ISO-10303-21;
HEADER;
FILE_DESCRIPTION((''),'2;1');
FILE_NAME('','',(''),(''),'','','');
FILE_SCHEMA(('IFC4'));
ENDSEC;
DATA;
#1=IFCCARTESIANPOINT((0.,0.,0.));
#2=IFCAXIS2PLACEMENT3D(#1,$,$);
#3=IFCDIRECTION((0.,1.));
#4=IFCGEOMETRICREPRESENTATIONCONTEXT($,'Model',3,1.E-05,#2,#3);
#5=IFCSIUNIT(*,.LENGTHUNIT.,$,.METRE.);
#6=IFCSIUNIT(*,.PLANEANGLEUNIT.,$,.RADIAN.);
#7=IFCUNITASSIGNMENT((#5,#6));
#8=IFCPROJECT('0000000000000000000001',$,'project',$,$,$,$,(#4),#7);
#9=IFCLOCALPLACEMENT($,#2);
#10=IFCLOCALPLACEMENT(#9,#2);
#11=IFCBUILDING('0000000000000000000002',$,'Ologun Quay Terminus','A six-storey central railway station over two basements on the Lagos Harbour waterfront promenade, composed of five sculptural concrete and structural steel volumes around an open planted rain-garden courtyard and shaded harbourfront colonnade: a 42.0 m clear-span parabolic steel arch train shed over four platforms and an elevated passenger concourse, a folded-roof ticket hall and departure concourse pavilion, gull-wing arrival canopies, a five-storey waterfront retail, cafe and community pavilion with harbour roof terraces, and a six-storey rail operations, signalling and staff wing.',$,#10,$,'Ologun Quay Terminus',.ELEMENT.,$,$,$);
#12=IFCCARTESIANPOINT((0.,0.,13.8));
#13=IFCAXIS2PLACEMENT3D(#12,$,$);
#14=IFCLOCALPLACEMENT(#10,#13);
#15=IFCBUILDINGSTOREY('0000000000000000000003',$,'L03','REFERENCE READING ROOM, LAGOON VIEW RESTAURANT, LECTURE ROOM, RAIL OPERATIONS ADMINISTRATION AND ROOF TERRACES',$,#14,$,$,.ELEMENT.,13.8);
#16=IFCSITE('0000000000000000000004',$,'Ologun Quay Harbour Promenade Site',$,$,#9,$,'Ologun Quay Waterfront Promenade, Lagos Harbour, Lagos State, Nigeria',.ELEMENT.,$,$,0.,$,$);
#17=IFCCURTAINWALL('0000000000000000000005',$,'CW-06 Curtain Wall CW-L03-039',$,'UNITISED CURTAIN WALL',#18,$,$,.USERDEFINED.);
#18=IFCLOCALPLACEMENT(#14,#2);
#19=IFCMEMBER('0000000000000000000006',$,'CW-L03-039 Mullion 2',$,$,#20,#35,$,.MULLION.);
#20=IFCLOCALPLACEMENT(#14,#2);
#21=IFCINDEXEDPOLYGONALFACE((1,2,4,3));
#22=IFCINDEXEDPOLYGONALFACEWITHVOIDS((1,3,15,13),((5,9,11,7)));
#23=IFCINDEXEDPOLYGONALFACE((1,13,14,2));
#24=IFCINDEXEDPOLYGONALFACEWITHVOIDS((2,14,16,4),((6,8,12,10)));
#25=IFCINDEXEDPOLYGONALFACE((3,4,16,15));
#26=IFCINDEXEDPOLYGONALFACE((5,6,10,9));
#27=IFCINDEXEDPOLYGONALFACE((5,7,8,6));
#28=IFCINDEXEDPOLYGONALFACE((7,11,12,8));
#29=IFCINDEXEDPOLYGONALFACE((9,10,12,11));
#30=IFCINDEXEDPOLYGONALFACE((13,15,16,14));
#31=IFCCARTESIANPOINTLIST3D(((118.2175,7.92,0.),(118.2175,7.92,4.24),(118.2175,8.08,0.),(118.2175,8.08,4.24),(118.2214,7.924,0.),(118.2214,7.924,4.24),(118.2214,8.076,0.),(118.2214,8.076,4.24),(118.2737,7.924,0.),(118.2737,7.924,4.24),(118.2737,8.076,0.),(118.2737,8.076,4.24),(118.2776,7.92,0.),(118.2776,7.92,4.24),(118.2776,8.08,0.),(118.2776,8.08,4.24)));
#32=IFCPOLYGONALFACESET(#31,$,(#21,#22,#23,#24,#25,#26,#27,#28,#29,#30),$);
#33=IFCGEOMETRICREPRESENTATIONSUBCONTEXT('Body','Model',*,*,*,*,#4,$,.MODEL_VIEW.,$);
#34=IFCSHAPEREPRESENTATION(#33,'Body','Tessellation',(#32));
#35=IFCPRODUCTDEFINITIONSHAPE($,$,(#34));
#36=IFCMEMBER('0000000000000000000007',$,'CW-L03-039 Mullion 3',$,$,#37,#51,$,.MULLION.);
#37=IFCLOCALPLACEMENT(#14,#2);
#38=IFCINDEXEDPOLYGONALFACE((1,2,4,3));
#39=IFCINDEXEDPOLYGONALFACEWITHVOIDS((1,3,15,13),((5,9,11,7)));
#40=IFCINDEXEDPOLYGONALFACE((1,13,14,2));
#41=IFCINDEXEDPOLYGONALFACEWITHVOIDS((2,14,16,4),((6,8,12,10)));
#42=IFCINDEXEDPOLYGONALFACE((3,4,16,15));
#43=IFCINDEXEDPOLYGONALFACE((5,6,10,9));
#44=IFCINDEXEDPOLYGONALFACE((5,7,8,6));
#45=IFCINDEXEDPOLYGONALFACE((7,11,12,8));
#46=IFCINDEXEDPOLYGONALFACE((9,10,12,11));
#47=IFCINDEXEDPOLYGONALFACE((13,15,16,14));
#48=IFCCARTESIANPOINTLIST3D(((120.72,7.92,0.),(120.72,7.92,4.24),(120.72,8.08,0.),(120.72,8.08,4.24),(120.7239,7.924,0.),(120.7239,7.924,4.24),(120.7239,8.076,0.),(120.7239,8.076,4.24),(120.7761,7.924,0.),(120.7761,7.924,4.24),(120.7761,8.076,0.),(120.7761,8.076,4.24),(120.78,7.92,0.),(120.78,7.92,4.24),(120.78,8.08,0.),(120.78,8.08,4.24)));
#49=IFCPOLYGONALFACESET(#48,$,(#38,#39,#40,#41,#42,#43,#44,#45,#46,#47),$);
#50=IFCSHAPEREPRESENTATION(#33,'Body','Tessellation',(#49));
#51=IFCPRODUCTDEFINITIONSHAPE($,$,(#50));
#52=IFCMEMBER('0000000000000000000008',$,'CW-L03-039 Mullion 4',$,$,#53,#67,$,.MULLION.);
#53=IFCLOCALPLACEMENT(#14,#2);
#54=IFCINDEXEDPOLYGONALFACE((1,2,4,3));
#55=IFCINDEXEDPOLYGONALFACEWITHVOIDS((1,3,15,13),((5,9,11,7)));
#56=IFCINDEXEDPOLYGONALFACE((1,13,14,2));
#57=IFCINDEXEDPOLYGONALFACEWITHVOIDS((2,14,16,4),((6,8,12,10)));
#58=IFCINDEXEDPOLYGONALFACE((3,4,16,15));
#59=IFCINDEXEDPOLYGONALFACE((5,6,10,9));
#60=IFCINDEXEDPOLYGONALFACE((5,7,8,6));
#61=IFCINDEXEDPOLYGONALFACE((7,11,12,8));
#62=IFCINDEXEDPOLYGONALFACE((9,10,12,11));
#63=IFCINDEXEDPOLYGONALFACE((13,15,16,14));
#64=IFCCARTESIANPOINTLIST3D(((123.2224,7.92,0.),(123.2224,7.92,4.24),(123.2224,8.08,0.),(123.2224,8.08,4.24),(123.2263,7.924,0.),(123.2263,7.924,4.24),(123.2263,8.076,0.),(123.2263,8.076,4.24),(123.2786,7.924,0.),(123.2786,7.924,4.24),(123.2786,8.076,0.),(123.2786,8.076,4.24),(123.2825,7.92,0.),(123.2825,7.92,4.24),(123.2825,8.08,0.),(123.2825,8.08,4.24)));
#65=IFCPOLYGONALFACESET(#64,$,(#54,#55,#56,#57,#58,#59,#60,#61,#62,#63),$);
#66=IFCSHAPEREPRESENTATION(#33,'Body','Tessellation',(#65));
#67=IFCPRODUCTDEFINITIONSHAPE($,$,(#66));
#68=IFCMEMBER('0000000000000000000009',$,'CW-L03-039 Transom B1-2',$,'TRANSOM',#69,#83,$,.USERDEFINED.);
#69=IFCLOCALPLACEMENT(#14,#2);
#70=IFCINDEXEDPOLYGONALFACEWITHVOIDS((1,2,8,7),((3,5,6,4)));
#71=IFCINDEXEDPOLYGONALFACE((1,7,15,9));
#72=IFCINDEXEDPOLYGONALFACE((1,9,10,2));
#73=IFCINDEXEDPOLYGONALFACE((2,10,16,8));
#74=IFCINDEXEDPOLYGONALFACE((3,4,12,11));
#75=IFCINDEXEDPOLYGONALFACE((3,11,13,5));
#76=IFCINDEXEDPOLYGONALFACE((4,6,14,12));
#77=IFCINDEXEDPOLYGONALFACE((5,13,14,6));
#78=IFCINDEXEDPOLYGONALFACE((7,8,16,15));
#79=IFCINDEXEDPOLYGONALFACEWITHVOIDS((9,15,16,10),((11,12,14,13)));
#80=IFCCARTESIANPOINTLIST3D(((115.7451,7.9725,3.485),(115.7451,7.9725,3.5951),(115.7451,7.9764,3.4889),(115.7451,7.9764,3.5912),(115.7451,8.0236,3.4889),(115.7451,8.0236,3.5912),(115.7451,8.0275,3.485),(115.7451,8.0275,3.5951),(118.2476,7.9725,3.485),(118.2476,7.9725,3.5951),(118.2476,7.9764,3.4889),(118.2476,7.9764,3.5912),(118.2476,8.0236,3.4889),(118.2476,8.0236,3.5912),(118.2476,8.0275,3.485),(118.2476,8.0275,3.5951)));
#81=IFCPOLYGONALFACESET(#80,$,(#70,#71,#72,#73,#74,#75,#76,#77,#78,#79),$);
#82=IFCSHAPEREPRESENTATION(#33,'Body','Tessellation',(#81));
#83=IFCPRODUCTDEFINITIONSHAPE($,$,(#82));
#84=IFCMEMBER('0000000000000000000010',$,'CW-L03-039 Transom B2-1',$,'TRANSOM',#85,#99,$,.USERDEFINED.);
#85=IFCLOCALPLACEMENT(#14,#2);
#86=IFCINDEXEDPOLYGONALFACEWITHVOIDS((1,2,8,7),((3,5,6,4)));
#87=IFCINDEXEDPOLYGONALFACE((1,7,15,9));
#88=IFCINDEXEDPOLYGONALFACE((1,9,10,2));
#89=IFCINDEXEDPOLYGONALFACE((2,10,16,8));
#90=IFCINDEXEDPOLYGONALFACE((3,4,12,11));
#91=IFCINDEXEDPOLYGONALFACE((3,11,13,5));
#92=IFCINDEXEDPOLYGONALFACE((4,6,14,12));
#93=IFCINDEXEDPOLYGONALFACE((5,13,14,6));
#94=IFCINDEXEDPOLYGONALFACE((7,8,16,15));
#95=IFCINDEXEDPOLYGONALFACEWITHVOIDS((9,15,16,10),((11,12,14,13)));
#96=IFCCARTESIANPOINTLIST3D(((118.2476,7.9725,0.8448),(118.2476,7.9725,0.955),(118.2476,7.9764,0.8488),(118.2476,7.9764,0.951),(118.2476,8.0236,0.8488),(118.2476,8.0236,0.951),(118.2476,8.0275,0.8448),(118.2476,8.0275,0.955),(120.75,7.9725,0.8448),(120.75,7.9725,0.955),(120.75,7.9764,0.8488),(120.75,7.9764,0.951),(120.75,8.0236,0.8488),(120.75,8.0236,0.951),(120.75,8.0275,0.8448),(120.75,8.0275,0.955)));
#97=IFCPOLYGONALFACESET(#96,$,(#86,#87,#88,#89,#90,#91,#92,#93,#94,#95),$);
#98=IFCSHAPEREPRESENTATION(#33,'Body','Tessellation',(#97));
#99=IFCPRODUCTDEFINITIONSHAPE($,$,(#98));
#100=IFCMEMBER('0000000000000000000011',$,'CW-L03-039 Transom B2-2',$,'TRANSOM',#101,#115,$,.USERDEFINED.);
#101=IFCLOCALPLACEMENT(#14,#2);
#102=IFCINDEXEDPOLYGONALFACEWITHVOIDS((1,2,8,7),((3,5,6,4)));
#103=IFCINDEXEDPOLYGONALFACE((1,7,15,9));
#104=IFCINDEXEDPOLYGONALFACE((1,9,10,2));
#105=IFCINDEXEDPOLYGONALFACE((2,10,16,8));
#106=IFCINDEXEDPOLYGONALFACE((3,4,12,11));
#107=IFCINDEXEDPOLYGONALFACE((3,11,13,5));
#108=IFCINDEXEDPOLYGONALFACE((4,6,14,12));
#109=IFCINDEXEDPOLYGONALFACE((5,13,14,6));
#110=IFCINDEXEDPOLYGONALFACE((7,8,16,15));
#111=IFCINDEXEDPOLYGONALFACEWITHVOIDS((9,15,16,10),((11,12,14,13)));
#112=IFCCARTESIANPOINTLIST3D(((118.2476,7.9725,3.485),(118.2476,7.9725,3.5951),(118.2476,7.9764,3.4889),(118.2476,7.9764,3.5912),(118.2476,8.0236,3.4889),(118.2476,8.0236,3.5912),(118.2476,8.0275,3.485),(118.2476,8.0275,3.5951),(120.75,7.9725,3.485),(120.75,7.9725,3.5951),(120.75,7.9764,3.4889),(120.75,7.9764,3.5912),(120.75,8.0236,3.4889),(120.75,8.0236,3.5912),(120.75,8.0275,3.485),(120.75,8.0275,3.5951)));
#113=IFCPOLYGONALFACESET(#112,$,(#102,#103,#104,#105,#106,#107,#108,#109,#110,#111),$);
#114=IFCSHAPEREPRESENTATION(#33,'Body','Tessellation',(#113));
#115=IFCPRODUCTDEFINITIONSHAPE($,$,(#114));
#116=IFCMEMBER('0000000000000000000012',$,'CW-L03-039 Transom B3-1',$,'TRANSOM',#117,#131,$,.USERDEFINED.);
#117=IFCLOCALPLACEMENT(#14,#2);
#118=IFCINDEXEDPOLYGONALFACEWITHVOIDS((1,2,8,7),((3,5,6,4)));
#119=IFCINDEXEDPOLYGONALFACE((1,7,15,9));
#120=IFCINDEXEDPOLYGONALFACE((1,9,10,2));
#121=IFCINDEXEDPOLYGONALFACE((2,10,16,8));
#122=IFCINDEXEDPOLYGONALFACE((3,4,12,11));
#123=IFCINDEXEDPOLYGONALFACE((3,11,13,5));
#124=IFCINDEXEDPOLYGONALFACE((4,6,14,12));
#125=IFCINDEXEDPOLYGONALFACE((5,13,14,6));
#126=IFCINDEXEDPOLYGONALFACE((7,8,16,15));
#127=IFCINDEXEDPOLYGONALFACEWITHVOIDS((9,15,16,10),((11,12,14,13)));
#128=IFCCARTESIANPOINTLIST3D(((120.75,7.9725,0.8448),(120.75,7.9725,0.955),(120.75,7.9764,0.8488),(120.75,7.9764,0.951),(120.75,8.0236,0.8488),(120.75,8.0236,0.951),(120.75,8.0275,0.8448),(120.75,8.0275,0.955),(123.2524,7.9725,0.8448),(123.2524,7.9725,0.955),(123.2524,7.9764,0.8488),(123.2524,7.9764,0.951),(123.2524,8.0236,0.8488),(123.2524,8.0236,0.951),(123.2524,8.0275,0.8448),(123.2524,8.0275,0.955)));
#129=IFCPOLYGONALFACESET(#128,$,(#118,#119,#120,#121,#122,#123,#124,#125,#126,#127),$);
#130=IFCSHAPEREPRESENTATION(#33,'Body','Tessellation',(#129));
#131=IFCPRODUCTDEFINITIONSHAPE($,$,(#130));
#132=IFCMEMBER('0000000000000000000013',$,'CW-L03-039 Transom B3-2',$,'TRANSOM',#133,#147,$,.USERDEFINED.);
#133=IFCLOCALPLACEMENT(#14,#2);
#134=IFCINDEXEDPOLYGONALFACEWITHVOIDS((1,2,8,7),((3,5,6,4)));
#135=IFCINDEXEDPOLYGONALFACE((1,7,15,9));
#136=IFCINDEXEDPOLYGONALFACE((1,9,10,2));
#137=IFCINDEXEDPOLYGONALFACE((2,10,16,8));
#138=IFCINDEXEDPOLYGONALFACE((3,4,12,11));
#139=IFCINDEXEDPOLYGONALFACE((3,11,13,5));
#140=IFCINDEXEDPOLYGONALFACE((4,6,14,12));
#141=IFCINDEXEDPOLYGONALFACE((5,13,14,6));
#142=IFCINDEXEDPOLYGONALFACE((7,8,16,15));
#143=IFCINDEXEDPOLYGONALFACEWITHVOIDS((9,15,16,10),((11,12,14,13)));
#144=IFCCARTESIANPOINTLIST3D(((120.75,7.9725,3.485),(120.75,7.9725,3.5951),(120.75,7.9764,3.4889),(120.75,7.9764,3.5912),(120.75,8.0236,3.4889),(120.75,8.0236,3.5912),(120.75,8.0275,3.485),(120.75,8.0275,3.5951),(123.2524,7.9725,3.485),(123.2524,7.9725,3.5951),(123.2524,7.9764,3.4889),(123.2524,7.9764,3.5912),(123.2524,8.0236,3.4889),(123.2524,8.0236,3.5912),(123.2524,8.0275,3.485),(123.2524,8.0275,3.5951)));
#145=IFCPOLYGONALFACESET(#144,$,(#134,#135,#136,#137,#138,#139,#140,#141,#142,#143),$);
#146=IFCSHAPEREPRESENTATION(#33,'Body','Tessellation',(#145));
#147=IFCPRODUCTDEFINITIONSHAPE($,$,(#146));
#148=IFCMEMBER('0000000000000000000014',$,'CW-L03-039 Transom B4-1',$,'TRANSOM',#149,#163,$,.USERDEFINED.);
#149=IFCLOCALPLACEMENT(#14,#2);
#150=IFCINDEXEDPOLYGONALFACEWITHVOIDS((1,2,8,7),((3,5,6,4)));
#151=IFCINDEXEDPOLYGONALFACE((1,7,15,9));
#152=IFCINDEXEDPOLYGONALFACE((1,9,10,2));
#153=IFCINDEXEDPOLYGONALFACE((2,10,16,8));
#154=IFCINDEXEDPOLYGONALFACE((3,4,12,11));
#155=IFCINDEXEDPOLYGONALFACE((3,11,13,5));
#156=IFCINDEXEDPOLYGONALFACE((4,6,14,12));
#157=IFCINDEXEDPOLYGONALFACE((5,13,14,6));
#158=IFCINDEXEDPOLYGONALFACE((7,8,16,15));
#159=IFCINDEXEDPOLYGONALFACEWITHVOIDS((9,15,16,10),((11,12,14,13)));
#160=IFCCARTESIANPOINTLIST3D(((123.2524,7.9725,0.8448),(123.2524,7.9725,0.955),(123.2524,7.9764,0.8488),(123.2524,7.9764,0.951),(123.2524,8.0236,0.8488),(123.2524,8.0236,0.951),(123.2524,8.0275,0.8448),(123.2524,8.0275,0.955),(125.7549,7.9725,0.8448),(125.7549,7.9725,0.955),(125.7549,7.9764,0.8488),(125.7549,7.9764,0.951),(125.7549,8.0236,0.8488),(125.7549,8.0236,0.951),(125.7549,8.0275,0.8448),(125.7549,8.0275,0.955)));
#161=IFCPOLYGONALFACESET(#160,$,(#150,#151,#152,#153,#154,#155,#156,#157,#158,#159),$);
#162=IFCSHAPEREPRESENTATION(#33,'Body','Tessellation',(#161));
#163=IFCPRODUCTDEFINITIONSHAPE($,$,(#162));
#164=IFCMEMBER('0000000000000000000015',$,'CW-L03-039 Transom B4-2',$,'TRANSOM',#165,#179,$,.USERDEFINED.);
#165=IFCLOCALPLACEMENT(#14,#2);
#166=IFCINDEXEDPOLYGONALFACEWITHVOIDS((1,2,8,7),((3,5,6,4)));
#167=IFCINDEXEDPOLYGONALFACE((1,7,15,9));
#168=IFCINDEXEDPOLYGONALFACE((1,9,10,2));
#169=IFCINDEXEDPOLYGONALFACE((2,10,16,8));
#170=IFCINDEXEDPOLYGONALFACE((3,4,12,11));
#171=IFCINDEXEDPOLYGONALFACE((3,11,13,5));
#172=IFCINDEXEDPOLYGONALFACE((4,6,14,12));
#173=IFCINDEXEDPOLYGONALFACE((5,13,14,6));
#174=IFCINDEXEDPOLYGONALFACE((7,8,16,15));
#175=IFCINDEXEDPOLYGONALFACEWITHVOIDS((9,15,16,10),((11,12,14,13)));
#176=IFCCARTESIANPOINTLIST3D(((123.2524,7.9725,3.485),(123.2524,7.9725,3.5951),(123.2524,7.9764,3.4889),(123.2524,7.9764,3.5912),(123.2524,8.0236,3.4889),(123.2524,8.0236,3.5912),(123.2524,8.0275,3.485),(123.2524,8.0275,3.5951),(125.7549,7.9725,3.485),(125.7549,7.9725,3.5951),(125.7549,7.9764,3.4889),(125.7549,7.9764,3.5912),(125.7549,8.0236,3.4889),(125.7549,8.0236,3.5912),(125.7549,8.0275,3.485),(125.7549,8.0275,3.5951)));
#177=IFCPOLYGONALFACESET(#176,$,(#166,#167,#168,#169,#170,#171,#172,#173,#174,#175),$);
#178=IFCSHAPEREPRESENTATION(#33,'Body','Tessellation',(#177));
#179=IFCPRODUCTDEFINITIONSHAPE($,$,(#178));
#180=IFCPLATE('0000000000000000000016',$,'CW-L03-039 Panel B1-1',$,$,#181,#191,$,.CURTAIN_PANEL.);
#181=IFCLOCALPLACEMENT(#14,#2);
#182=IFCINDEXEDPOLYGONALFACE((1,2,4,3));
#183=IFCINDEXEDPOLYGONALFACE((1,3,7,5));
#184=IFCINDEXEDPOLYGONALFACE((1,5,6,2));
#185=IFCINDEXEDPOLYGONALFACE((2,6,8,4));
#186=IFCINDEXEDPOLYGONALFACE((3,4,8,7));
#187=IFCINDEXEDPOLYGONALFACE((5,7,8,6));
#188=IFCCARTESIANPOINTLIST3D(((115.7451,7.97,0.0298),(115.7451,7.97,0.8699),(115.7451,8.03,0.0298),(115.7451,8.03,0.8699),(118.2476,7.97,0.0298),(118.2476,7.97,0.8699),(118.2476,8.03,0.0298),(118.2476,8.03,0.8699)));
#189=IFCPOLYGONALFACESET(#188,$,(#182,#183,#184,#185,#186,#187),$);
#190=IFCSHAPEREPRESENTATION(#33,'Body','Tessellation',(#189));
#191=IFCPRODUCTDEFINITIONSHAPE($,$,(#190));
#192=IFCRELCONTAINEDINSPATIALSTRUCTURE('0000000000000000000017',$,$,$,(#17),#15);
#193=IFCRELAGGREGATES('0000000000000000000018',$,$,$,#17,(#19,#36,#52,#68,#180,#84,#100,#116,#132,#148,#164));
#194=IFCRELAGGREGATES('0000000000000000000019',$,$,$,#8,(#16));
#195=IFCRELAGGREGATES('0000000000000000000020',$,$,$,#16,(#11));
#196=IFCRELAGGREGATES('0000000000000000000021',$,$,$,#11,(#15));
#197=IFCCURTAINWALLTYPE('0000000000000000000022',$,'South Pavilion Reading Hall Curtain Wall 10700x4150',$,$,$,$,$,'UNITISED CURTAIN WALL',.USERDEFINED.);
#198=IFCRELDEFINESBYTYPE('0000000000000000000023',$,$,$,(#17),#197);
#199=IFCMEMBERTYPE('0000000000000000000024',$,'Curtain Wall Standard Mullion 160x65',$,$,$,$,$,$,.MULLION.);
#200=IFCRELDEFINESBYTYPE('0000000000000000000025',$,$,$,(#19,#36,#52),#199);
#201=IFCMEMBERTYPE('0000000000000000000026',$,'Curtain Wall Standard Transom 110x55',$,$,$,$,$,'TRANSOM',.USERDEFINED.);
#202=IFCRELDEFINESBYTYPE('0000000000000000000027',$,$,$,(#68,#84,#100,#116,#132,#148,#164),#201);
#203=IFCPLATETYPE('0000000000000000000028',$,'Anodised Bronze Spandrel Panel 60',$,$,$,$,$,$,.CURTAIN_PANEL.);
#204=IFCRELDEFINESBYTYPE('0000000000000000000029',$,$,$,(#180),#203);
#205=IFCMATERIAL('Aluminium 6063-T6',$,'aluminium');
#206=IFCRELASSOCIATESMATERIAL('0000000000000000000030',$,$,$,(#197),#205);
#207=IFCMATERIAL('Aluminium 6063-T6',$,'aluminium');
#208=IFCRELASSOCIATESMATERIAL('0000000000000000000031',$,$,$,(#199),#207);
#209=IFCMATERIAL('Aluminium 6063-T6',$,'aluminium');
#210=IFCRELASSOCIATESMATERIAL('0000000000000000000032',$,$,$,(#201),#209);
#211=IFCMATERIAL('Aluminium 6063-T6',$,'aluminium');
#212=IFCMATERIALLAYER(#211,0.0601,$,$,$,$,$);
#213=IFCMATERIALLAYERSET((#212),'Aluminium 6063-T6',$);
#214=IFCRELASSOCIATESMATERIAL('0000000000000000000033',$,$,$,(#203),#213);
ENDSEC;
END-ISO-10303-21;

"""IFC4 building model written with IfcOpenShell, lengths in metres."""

from ifc_helpers import new_model, si_unit, direction, frame, origin, origin_2d, place, context, subcontext, project, spatial, rectangle, hollow_rectangle, extrude, material, layer, layer_set, material_profile, profile_set, type_object, element, aggregate, save


model = new_model("IFC4")

# Units and contexts
model_context = context("Model", 3, precision=1e-05, world=origin(), true_north=direction((0.0, 1.0)))
body_context = subcontext(model_context, "Body", "Model", "MODEL_VIEW")
ifc_project = project(units=[si_unit("LENGTHUNIT", "METRE"), si_unit("PLANEANGLEUNIT", "RADIAN")], contexts=[model_context])

# Site, building, storey
site_placement = place(None, origin())
site = spatial("IfcSite", under=ifc_project, at=site_placement, Name="Ologun Quay Harbour Promenade Site", LongName="Ologun Quay Waterfront Promenade, Lagos Harbour, Lagos State, Nigeria", CompositionType="ELEMENT", RefElevation=0.0)
building_placement = place(site_placement, origin())
building = spatial("IfcBuilding", under=site, at=building_placement, Name="Ologun Quay Terminus", Description="A six-storey central railway station over two basements on the Lagos Harbour waterfront promenade, composed of five sculptural concrete and structural steel volumes around an open planted rain-garden courtyard and shaded harbourfront colonnade: a 42.0 m clear-span parabolic steel arch train shed over four platforms and an elevated passenger concourse, a folded-roof ticket hall and departure concourse pavilion, gull-wing arrival canopies, a five-storey waterfront retail, cafe and community pavilion with harbour roof terraces, and a six-storey rail operations, signalling and staff wing.", LongName="Ologun Quay Terminus", CompositionType="ELEMENT")
storey_placement = place(building_placement, frame((0.0, 0.0, 13.8)))
storey = spatial("IfcBuildingStorey", under=building, at=storey_placement, Name="L03", Description="REFERENCE READING ROOM, LAGOON VIEW RESTAURANT, LECTURE ROOM, RAIL OPERATIONS ADMINISTRATION AND ROOF TERRACES", CompositionType="ELEMENT", Elevation=13.8)

# Curtain wall, members, plate
ifc_material_1 = material(Name="Aluminium 6063-T6", Category="aluminium")
curtain_wall_type = type_object("IfcCurtainWallType", Name="South Pavilion Reading Hall Curtain Wall 10700x4150", ElementType="UNITISED CURTAIN WALL", PredefinedType="USERDEFINED", material=ifc_material_1)
curtain_wall_placement = place(storey_placement, origin())
curtain_wall = element("IfcCurtainWall", 1, at=curtain_wall_placement, inside=storey, type_object=curtain_wall_type, Name="CW-06 Curtain Wall CW-L03-039", ObjectType="UNITISED CURTAIN WALL", PredefinedType="USERDEFINED")
ifc_material_2 = material(Name="Aluminium 6063-T6", Category="aluminium")
ifc_material_profile_1 = material_profile(ifc_material_2, hollow_rectangle(XDim=0.0601, YDim=0.1599, WallThickness=0.0039, at=origin_2d()), Name="ALU 160x60x4")
ifc_profile_set_1 = profile_set([ifc_material_profile_1], Name="Aluminium 6063-T6")
member_type_1 = type_object("IfcMemberType", Name="Curtain Wall Standard Mullion 160x65", PredefinedType="MULLION", material=ifc_profile_set_1)
member_1_placement = place(storey_placement, frame((118.2476, 8.0, 0.0), z_axis=(0.0, 0.0, 1.0), x_axis=(1.0, 0.0, 0.0)))
member_1 = element("IfcMember", 2, at=member_1_placement, type_object=member_type_1, Name="CW-L03-039 Mullion 2", PredefinedType="MULLION", context=body_context, shape_type="SweptSolid", body=[
    extrude(hollow_rectangle(XDim=0.0601, YDim=0.1599, WallThickness=0.0039, at=origin_2d()), origin(), (0.0, 0.0, 1.0), 4.24),
])
member_2_placement = place(storey_placement, frame((120.75, 8.0, 0.0), z_axis=(0.0, 0.0, 1.0), x_axis=(1.0, 0.0, 0.0)))
member_2 = element("IfcMember", 3, at=member_2_placement, type_object=member_type_1, Name="CW-L03-039 Mullion 3", PredefinedType="MULLION", context=body_context, shape_type="SweptSolid", body=[
    extrude(hollow_rectangle(XDim=0.0601, YDim=0.1599, WallThickness=0.0039, at=origin_2d()), origin(), (0.0, 0.0, 1.0), 4.24),
])
member_3_placement = place(storey_placement, frame((123.2524, 8.0, 0.0), z_axis=(0.0, 0.0, 1.0), x_axis=(1.0, 0.0, 0.0)))
member_3 = element("IfcMember", 4, at=member_3_placement, type_object=member_type_1, Name="CW-L03-039 Mullion 4", PredefinedType="MULLION", context=body_context, shape_type="SweptSolid", body=[
    extrude(hollow_rectangle(XDim=0.0601, YDim=0.1599, WallThickness=0.0039, at=origin_2d()), origin(), (0.0, 0.0, 1.0), 4.24),
])
ifc_material_3 = material(Name="Aluminium 6063-T6", Category="aluminium")
ifc_material_profile_2 = material_profile(ifc_material_3, hollow_rectangle(XDim=0.0549, YDim=0.1101, WallThickness=0.0039, at=origin_2d()), Name="ALU 110x55x4")
ifc_profile_set_2 = profile_set([ifc_material_profile_2], Name="Aluminium 6063-T6")
member_type_2 = type_object("IfcMemberType", Name="Curtain Wall Standard Transom 110x55", ElementType="TRANSOM", PredefinedType="USERDEFINED", material=ifc_profile_set_2)
member_4_placement = place(storey_placement, frame((115.7451, 8.0, 3.54), z_axis=(1.0, 0.0, 0.0), x_axis=(0.0, 1.0, 0.0)))
member_4 = element("IfcMember", 5, at=member_4_placement, type_object=member_type_2, Name="CW-L03-039 Transom B1-2", ObjectType="TRANSOM", PredefinedType="USERDEFINED", context=body_context, shape_type="SweptSolid", body=[
    extrude(hollow_rectangle(XDim=0.0549, YDim=0.1101, WallThickness=0.0039, at=origin_2d()), origin(), (0.0, 0.0, 1.0), 2.5024),
])
member_5_placement = place(storey_placement, frame((118.2476, 8.0, 0.8999), z_axis=(1.0, 0.0, 0.0), x_axis=(0.0, 1.0, 0.0)))
member_5 = element("IfcMember", 6, at=member_5_placement, type_object=member_type_2, Name="CW-L03-039 Transom B2-1", ObjectType="TRANSOM", PredefinedType="USERDEFINED", context=body_context, shape_type="SweptSolid", body=[
    extrude(hollow_rectangle(XDim=0.0549, YDim=0.1101, WallThickness=0.0039, at=origin_2d()), origin(), (0.0, 0.0, 1.0), 2.5024),
])
member_6_placement = place(storey_placement, frame((118.2476, 8.0, 3.54), z_axis=(1.0, 0.0, 0.0), x_axis=(0.0, 1.0, 0.0)))
member_6 = element("IfcMember", 7, at=member_6_placement, type_object=member_type_2, Name="CW-L03-039 Transom B2-2", ObjectType="TRANSOM", PredefinedType="USERDEFINED", context=body_context, shape_type="SweptSolid", body=[
    extrude(hollow_rectangle(XDim=0.0549, YDim=0.1101, WallThickness=0.0039, at=origin_2d()), origin(), (0.0, 0.0, 1.0), 2.5024),
])
member_7_placement = place(storey_placement, frame((120.75, 8.0, 0.8999), z_axis=(1.0, 0.0, 0.0), x_axis=(0.0, 1.0, 0.0)))
member_7 = element("IfcMember", 8, at=member_7_placement, type_object=member_type_2, Name="CW-L03-039 Transom B3-1", ObjectType="TRANSOM", PredefinedType="USERDEFINED", context=body_context, shape_type="SweptSolid", body=[
    extrude(hollow_rectangle(XDim=0.0549, YDim=0.1101, WallThickness=0.0039, at=origin_2d()), origin(), (0.0, 0.0, 1.0), 2.5024),
])
member_8_placement = place(storey_placement, frame((120.75, 8.0, 3.54), z_axis=(1.0, 0.0, 0.0), x_axis=(0.0, 1.0, 0.0)))
member_8 = element("IfcMember", 9, at=member_8_placement, type_object=member_type_2, Name="CW-L03-039 Transom B3-2", ObjectType="TRANSOM", PredefinedType="USERDEFINED", context=body_context, shape_type="SweptSolid", body=[
    extrude(hollow_rectangle(XDim=0.0549, YDim=0.1101, WallThickness=0.0039, at=origin_2d()), origin(), (0.0, 0.0, 1.0), 2.5024),
])
member_9_placement = place(storey_placement, frame((123.2524, 8.0, 0.8999), z_axis=(1.0, 0.0, 0.0), x_axis=(0.0, 1.0, 0.0)))
member_9 = element("IfcMember", 10, at=member_9_placement, type_object=member_type_2, Name="CW-L03-039 Transom B4-1", ObjectType="TRANSOM", PredefinedType="USERDEFINED", context=body_context, shape_type="SweptSolid", body=[
    extrude(hollow_rectangle(XDim=0.0549, YDim=0.1101, WallThickness=0.0039, at=origin_2d()), origin(), (0.0, 0.0, 1.0), 2.5024),
])
member_10_placement = place(storey_placement, frame((123.2524, 8.0, 3.54), z_axis=(1.0, 0.0, 0.0), x_axis=(0.0, 1.0, 0.0)))
member_10 = element("IfcMember", 11, at=member_10_placement, type_object=member_type_2, Name="CW-L03-039 Transom B4-2", ObjectType="TRANSOM", PredefinedType="USERDEFINED", context=body_context, shape_type="SweptSolid", body=[
    extrude(hollow_rectangle(XDim=0.0549, YDim=0.1101, WallThickness=0.0039, at=origin_2d()), origin(), (0.0, 0.0, 1.0), 2.5024),
])
ifc_material_4 = material(Name="Aluminium 6063-T6", Category="aluminium")
ifc_layer_1 = layer(ifc_material_4, 0.0601)
ifc_layer_set_1 = layer_set([ifc_layer_1], Name="Aluminium 6063-T6")
plate_type_1 = type_object("IfcPlateType", Name="Anodised Bronze Spandrel Panel 60", PredefinedType="CURTAIN_PANEL", material=ifc_layer_set_1)
plate_1_placement = place(storey_placement, frame((116.9963, 8.0, 0.0298), z_axis=(0.0, 0.0, 1.0), x_axis=(1.0, 0.0, 0.0)))
plate_1 = element("IfcPlate", 12, at=plate_1_placement, type_object=plate_type_1, Name="CW-L03-039 Panel B1-1", PredefinedType="CURTAIN_PANEL", context=body_context, shape_type="SweptSolid", body=[
    extrude(rectangle(XDim=2.5024, YDim=0.0601, at=origin_2d()), origin(), (0.0, 0.0, 1.0), 0.8401),
])
aggregate(curtain_wall, [member_1, member_2, member_3, member_4, plate_1, member_5, member_6, member_7, member_8, member_9, member_10])

save(model, "model.ifc")
